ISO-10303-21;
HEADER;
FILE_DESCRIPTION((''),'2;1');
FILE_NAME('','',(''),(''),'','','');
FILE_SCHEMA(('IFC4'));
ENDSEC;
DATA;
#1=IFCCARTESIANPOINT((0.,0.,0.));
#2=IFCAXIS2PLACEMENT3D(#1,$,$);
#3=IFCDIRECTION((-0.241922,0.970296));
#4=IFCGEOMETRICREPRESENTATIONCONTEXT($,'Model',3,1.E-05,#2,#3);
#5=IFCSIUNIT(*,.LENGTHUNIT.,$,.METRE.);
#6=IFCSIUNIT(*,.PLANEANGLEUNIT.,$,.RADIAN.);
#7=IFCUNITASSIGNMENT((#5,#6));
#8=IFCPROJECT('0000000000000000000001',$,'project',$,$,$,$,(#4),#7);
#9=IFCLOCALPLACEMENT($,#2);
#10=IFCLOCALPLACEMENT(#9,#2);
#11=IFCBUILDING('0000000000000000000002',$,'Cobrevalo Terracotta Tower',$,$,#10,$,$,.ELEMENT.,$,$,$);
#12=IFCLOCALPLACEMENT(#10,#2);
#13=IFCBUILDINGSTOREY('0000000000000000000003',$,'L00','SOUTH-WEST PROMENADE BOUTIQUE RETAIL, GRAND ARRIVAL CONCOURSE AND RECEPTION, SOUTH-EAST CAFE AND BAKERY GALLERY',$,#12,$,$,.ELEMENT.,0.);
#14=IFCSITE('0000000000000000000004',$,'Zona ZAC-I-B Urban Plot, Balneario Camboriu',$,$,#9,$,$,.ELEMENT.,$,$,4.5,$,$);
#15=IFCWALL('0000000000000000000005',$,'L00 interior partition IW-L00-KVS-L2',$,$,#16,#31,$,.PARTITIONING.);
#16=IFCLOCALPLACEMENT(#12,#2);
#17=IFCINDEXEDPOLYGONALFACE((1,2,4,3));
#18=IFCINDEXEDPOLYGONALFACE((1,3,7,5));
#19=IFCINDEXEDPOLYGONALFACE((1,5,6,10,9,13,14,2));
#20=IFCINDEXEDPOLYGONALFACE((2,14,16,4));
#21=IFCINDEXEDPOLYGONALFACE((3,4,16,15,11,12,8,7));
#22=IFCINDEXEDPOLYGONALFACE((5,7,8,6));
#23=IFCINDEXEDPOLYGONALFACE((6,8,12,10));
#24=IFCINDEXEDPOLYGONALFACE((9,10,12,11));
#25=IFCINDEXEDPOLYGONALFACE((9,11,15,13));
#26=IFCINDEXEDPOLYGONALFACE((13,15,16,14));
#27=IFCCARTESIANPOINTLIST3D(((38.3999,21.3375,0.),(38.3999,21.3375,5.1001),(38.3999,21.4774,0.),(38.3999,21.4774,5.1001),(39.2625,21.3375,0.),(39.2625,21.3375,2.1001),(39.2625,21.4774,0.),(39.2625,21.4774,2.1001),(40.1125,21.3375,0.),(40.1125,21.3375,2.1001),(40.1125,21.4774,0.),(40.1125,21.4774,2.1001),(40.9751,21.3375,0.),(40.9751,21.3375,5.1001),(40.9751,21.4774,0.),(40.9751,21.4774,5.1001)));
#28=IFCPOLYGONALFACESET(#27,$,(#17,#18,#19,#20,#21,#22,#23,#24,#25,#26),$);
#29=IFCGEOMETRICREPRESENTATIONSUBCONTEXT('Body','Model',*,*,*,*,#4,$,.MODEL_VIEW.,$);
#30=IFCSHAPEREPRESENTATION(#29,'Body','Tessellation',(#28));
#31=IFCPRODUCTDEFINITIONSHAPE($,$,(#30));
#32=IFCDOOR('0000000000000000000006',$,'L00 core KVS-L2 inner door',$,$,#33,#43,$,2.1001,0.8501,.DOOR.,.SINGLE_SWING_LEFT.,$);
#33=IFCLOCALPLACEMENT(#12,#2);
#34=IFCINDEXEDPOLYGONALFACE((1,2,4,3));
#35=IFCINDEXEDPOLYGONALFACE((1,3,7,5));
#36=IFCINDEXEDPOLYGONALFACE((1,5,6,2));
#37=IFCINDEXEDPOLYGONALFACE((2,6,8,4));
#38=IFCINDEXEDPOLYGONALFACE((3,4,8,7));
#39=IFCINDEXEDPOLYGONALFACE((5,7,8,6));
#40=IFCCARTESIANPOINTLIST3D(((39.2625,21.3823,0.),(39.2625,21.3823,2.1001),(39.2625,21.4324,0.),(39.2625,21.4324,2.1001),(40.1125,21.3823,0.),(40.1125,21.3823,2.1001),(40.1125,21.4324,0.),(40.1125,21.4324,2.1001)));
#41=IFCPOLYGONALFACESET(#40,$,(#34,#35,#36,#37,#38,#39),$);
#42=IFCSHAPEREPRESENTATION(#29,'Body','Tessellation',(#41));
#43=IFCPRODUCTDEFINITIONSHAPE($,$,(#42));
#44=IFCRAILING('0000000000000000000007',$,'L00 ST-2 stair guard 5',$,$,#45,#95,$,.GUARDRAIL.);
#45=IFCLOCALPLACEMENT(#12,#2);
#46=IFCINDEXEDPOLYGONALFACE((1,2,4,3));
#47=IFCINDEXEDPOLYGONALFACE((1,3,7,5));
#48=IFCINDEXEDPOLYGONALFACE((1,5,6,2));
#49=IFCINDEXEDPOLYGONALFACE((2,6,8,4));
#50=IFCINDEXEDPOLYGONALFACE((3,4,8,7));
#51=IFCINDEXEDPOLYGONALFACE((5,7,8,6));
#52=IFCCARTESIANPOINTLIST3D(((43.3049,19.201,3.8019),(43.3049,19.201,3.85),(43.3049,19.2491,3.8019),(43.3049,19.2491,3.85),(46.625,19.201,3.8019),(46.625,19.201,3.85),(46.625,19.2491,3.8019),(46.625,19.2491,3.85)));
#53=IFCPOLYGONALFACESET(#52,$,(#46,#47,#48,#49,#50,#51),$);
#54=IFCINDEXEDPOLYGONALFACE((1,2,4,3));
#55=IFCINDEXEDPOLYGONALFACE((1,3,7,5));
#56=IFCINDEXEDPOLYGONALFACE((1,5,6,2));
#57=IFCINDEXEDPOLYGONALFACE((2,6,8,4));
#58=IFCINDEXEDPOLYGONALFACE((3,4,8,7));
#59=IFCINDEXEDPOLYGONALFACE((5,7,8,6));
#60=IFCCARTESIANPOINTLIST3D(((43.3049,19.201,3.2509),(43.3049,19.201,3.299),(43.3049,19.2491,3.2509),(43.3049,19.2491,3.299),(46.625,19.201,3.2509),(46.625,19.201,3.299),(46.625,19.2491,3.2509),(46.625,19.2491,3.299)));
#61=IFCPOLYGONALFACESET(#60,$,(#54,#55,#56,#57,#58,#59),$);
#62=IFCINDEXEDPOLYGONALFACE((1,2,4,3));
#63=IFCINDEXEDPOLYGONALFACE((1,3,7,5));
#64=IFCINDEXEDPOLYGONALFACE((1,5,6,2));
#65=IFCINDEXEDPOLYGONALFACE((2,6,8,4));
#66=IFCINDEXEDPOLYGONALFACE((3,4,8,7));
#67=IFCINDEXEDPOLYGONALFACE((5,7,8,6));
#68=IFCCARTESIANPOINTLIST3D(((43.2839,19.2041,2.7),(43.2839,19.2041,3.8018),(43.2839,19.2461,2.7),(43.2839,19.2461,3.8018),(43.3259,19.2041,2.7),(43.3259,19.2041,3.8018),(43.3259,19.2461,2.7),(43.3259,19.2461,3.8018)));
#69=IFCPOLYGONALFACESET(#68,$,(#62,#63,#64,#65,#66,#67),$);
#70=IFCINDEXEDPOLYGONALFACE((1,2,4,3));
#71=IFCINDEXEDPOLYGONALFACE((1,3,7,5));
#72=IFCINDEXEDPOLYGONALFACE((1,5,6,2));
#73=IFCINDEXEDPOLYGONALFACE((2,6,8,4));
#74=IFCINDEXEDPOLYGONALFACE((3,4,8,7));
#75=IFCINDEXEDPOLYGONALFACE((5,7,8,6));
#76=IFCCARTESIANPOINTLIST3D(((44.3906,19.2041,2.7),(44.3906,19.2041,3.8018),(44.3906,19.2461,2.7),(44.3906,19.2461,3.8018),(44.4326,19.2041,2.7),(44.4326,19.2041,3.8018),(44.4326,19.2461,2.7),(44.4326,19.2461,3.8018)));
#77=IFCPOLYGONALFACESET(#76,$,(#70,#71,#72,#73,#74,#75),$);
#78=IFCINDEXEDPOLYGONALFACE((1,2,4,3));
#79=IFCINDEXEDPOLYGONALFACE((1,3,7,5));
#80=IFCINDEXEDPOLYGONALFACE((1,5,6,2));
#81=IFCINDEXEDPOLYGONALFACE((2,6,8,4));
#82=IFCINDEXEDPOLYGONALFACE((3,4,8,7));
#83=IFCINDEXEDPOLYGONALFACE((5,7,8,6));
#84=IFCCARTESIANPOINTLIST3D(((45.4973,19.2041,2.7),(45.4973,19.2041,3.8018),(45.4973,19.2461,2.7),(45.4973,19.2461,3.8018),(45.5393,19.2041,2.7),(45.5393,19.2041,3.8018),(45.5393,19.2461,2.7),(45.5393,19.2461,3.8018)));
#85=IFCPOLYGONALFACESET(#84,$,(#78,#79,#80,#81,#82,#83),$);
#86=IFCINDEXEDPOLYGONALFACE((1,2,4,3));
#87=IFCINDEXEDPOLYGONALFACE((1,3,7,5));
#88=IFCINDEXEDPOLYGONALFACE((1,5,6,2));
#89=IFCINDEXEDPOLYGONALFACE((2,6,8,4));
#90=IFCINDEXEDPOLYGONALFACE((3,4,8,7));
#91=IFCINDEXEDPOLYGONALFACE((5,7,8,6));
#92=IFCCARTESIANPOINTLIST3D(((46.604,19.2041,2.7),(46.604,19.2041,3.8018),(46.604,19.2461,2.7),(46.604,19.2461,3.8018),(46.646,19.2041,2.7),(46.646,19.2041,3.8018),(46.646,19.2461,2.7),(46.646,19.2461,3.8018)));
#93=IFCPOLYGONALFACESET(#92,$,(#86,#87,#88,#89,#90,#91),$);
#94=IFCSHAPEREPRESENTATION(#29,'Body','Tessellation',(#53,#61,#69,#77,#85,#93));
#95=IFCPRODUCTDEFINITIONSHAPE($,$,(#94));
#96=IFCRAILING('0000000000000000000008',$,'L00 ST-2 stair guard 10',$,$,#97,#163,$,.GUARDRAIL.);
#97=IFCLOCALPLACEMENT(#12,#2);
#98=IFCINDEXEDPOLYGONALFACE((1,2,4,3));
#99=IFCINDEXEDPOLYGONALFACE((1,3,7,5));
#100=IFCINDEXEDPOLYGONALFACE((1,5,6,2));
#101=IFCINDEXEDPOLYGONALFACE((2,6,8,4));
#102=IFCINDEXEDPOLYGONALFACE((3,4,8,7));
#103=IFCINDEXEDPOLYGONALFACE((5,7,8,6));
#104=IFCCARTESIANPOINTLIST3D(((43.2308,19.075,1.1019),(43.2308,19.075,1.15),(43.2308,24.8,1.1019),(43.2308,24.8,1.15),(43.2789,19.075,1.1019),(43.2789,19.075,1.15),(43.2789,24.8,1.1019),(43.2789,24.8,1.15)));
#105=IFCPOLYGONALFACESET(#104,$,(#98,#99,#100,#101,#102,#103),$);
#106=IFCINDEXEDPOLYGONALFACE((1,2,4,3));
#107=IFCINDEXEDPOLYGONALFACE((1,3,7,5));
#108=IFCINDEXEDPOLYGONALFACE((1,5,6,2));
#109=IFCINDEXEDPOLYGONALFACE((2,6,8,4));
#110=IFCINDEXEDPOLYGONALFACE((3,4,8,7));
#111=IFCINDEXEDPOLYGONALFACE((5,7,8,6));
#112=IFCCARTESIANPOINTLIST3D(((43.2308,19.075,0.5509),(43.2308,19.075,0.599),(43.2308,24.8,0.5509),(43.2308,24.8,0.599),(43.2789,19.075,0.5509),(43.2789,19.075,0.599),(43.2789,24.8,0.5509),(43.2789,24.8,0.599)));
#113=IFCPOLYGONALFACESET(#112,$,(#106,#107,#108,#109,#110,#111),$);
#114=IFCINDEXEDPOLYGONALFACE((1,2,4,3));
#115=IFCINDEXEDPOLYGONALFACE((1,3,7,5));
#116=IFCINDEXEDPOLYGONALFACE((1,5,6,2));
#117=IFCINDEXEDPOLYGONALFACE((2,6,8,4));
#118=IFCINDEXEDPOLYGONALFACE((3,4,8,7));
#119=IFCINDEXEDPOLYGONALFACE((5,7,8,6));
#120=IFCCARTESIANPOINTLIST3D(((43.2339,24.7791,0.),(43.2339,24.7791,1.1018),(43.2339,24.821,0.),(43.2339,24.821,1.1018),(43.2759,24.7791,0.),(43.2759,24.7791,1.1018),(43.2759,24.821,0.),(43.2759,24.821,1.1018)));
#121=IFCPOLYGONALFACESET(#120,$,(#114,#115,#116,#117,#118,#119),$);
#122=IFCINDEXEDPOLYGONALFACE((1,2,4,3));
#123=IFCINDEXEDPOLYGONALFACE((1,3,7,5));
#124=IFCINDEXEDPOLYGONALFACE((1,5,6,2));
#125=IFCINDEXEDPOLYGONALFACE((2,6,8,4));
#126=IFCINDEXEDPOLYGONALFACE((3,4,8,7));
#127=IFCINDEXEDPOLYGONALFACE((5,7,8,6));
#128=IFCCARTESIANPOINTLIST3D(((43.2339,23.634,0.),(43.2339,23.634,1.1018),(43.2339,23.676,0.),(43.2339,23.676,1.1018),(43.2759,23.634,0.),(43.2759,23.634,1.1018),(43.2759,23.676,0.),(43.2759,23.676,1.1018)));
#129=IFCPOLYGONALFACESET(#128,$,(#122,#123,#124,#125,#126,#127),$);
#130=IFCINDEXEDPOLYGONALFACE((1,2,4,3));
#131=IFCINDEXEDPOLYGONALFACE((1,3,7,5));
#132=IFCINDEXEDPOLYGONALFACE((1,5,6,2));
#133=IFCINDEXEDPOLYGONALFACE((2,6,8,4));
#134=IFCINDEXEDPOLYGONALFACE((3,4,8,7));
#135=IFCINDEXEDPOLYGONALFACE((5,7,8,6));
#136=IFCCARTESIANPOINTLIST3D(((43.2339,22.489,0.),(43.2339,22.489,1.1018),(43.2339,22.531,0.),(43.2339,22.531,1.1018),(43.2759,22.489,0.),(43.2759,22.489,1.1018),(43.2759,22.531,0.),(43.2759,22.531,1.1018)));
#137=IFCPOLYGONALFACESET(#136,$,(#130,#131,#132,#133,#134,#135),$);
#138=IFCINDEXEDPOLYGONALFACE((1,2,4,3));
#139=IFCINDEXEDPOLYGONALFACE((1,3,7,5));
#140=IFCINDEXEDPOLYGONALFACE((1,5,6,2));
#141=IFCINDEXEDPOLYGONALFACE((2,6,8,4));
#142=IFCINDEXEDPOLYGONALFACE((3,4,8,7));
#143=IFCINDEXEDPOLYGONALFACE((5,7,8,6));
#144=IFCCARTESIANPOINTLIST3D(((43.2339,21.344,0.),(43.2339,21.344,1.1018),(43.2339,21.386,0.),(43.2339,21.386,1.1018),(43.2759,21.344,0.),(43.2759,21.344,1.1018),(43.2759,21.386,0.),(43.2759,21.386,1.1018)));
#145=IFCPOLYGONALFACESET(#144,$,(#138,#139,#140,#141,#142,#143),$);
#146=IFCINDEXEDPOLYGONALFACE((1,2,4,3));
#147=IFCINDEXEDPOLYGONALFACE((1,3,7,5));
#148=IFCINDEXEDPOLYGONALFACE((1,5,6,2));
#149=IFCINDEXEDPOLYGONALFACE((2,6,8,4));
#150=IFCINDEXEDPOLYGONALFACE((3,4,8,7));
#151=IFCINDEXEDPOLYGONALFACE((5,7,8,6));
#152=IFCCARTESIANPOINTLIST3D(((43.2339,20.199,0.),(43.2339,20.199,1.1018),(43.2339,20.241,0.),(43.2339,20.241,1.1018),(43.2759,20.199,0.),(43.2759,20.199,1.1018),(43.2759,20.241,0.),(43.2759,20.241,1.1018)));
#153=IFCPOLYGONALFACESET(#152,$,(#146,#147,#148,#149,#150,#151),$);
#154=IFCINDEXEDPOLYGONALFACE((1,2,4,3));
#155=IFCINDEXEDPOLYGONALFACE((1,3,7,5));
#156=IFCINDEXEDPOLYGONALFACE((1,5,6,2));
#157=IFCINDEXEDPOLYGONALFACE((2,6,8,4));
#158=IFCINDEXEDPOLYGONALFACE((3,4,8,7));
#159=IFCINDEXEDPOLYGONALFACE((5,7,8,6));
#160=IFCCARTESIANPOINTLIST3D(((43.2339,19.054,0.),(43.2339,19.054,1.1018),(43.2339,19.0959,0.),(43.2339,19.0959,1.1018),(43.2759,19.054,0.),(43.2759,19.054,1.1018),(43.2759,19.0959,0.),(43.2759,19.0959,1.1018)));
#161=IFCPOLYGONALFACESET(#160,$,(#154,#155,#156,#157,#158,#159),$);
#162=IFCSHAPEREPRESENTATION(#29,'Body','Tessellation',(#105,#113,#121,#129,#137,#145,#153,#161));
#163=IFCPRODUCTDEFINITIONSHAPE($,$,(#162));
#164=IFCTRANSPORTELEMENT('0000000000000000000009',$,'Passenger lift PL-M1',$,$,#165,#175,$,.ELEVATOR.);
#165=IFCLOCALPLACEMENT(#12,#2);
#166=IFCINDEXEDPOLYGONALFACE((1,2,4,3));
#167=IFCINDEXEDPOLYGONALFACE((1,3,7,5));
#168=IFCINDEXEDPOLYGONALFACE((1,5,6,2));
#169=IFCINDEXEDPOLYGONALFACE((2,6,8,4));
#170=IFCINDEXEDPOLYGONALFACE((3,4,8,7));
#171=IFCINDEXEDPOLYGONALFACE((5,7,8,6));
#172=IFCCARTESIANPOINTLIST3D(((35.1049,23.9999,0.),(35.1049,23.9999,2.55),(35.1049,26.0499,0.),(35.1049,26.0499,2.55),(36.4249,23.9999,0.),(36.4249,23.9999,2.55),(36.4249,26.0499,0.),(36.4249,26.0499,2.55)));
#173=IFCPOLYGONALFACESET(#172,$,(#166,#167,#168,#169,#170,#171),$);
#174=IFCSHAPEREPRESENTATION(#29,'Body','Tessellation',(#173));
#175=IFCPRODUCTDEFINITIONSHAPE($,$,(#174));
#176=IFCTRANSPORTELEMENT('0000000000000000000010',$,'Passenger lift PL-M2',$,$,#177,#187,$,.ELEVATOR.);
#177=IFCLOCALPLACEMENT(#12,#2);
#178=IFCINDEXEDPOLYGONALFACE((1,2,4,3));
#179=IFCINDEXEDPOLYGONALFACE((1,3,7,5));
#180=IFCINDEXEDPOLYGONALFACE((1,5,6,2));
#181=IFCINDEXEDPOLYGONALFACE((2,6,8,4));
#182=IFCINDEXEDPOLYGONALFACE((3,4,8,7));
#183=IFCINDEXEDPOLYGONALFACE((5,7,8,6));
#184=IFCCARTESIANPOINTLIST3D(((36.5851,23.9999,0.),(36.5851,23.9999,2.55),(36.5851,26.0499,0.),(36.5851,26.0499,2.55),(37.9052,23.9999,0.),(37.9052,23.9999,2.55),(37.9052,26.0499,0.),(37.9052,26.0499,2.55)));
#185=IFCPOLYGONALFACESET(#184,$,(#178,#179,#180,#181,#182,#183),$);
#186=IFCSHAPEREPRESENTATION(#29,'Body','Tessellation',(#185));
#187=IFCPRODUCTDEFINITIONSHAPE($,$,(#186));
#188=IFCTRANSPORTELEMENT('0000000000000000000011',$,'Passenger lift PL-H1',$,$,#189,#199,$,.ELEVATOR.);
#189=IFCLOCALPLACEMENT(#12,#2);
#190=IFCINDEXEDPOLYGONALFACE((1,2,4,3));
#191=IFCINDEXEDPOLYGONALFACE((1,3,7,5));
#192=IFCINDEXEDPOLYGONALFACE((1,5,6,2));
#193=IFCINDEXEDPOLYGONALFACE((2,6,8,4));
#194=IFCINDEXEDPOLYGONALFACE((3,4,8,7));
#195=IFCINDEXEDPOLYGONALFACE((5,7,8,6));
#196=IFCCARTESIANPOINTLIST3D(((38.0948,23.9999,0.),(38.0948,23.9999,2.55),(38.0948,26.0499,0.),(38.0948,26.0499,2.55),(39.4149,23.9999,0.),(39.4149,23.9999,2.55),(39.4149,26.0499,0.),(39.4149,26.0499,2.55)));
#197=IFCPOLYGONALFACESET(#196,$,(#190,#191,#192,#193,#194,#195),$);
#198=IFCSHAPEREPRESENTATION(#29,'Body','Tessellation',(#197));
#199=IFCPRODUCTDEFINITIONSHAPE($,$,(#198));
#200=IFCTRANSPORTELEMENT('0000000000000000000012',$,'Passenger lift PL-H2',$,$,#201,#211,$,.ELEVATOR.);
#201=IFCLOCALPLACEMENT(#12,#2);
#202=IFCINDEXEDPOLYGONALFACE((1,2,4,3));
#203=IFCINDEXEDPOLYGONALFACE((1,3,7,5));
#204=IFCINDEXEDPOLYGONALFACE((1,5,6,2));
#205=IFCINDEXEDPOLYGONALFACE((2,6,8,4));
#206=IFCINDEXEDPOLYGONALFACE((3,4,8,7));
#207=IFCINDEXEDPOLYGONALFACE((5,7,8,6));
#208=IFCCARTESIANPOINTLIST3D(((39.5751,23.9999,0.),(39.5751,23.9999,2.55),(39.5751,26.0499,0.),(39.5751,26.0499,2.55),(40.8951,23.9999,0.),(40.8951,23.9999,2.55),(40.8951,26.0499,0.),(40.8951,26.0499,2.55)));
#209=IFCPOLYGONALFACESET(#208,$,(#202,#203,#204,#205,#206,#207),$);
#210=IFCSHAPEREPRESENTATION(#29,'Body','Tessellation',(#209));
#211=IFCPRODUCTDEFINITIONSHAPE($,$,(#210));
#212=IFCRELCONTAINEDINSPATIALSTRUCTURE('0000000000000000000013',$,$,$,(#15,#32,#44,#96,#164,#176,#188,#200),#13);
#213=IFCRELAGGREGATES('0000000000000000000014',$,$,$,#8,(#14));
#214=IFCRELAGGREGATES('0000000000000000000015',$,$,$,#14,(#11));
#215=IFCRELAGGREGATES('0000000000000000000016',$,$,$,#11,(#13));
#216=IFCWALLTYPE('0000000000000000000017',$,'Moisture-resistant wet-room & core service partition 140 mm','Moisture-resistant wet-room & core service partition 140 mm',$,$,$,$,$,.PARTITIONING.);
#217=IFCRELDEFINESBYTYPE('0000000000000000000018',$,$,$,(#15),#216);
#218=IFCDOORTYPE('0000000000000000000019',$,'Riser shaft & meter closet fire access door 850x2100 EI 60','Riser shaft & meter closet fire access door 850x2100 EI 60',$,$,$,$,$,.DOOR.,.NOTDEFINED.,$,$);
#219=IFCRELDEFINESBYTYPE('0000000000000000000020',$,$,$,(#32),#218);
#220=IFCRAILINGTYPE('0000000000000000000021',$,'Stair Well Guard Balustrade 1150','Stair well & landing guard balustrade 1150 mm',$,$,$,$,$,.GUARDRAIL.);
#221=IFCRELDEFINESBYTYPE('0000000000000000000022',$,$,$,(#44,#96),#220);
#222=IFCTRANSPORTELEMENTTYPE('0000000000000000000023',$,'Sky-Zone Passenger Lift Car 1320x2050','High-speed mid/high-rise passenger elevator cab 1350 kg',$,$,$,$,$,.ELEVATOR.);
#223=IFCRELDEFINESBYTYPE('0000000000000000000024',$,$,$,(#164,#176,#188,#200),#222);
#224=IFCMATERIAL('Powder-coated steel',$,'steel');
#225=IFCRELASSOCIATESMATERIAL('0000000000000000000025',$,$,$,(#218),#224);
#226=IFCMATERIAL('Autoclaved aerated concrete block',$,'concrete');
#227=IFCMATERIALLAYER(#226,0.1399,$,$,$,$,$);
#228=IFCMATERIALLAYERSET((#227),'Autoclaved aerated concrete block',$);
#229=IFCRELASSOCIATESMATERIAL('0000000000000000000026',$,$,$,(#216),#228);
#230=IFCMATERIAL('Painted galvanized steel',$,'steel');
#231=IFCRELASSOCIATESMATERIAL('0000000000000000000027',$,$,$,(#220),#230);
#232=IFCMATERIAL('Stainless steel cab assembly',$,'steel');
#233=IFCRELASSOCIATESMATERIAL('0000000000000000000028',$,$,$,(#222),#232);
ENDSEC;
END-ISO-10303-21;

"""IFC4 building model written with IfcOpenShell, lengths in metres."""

from ifc_helpers import new_model, si_unit, direction, frame, frame_2d, origin, origin_2d, place, context, subcontext, project, spatial, rectangle, extrude, source, transform, mapped, material, layer, layer_set, type_object, element, fill, save


model = new_model("IFC4")

# Units and contexts
model_context = context("Model", 3, precision=1e-05, world=origin(), true_north=direction((-0.241922, 0.970296)))
body_context = subcontext(model_context, "Body", "Model", "MODEL_VIEW")
ifc_project = project(units=[si_unit("LENGTHUNIT", "METRE"), si_unit("PLANEANGLEUNIT", "RADIAN")], contexts=[model_context])

# Site, building, storey
site_placement = place(None, origin())
site = spatial("IfcSite", under=ifc_project, at=site_placement, Name="Zona ZAC-I-B Urban Plot, Balneario Camboriu", CompositionType="ELEMENT", RefElevation=4.5)
building_placement = place(site_placement, origin())
building = spatial("IfcBuilding", under=site, at=building_placement, Name="Cobrevalo Terracotta Tower", CompositionType="ELEMENT")
storey_placement = place(building_placement, origin())
storey = spatial("IfcBuildingStorey", under=building, at=storey_placement, Name="L00", Description="SOUTH-WEST PROMENADE BOUTIQUE RETAIL, GRAND ARRIVAL CONCOURSE AND RECEPTION, SOUTH-EAST CAFE AND BAKERY GALLERY", CompositionType="ELEMENT", Elevation=0.0)

# Shared definitions
ifc_material_1 = material(Name="Powder-coated steel", Category="steel")
door_type_1 = type_object("IfcDoorType", Name="Riser shaft & meter closet fire access door 850x2100 EI 60", Description="Riser shaft & meter closet fire access door 850x2100 EI 60", OperationType="NOTDEFINED", PredefinedType="DOOR", material=ifc_material_1)
shared_shape_1 = source(origin(), body_context, "Body", "SweptSolid", [
    extrude(rectangle(XDim=0.8501, YDim=2.1001, at=frame_2d((0.425, 1.05))), frame((0.0, 0.0249, 0.0), z_axis=(0.0, -1.0, 0.0), x_axis=(1.0, 0.0, 0.0)), (0.0, 0.0, 1.0), 0.05),
])

# Shared definitions
ifc_material_2 = material(Name="Autoclaved aerated concrete block", Category="concrete")
ifc_layer_1 = layer(ifc_material_2, 0.1399)
ifc_layer_set_1 = layer_set([ifc_layer_1], Name="Autoclaved aerated concrete block")
wall_type_1 = type_object("IfcWallType", Name="Moisture-resistant wet-room & core service partition 140 mm", Description="Moisture-resistant wet-room & core service partition 140 mm", PredefinedType="PARTITIONING", material=ifc_layer_set_1)

# Wall, opening, door
wall_1_placement = place(storey_placement, frame((38.3999, 21.4075, 0.0), z_axis=(0.0, 0.0, 1.0), x_axis=(1.0, 0.0, 0.0)))
wall_1 = element("IfcWall", 1, at=wall_1_placement, inside=storey, type_object=wall_type_1, Name="L00 interior partition IW-L00-KVS-L2", PredefinedType="PARTITIONING", context=body_context, shape_type="SweptSolid", body=[
    extrude(rectangle(XDim=2.5752, YDim=0.1399, at=frame_2d((1.2876, 0.0))), origin(), (0.0, 0.0, 1.0), 5.1001),
])
opening_1_placement = place(wall_1_placement, frame((0.8625, 0.0, 0.0)))
opening_1 = element("IfcOpeningElement", 2, at=opening_1_placement, cuts=wall_1, PredefinedType="OPENING", context=body_context, shape_type="SweptSolid", body=[
    extrude(rectangle(XDim=0.8501, YDim=2.1001, at=frame_2d((0.425, 1.05))), frame((0.0, 0.0801, 0.0), z_axis=(0.0, -1.0, 0.0), x_axis=(1.0, 0.0, 0.0)), (0.0, 0.0, 1.0), 0.1599),
])
door_1_placement = place(opening_1_placement, origin())
door_1 = element("IfcDoor", 3, at=door_1_placement, inside=storey, type_object=door_type_1, Name="L00 core KVS-L2 inner door", OperationType="SINGLE_SWING_LEFT", OverallHeight=2.1001, OverallWidth=0.8501, PredefinedType="DOOR", context=body_context, shape_type="MappedRepresentation", body=[
    mapped(shared_shape_1, transform((0.0, 0.0, 0.0), scale=1.0)),
])
fill(opening_1, door_1)

# Railings
ifc_material_3 = material(Name="Painted galvanized steel", Category="steel")
railing_type = type_object("IfcRailingType", Name="Stair Well Guard Balustrade 1150", Description="Stair well & landing guard balustrade 1150 mm", PredefinedType="GUARDRAIL", material=ifc_material_3)
railing_1_placement = place(storey_placement, frame((43.3049, 19.2251, 2.7)))
element("IfcRailing", 4, at=railing_1_placement, inside=storey, type_object=railing_type, Name="L00 ST-2 stair guard 5", PredefinedType="GUARDRAIL", context=body_context, shape_type="SweptSolid", body=[
    extrude(rectangle(XDim=0.0481, YDim=0.0481, at=origin_2d()), frame((0.0, 0.0, 1.126), z_axis=(1.0, 0.0, 0.0), x_axis=(0.0, 1.0, 0.0)), (0.0, 0.0, 1.0), 3.3201),
    extrude(rectangle(XDim=0.0481, YDim=0.0481, at=origin_2d()), frame((0.0, 0.0, 0.575), z_axis=(1.0, 0.0, 0.0), x_axis=(0.0, 1.0, 0.0)), (0.0, 0.0, 1.0), 3.3201),
    extrude(rectangle(XDim=0.042, YDim=0.042, at=origin_2d()), origin(), (0.0, 0.0, 1.0), 1.1018),
    extrude(rectangle(XDim=0.042, YDim=0.042, at=origin_2d()), frame((1.1067, 0.0, 0.0)), (0.0, 0.0, 1.0), 1.1018),
    extrude(rectangle(XDim=0.042, YDim=0.042, at=origin_2d()), frame((2.2134, 0.0, 0.0)), (0.0, 0.0, 1.0), 1.1018),
    extrude(rectangle(XDim=0.042, YDim=0.042, at=origin_2d()), frame((3.3201, 0.0, 0.0)), (0.0, 0.0, 1.0), 1.1018),
])
railing_2_placement = place(storey_placement, frame((43.2549, 24.8, 0.0)))
element("IfcRailing", 5, at=railing_2_placement, inside=storey, type_object=railing_type, Name="L00 ST-2 stair guard 10", PredefinedType="GUARDRAIL", context=body_context, shape_type="SweptSolid", body=[
    extrude(rectangle(XDim=0.0481, YDim=0.0481, at=origin_2d()), frame((0.0, 0.0, 1.126), z_axis=(0.0, -1.0, 0.0), x_axis=(1.0, 0.0, 0.0)), (0.0, 0.0, 1.0), 5.7251),
    extrude(rectangle(XDim=0.0481, YDim=0.0481, at=origin_2d()), frame((0.0, 0.0, 0.575), z_axis=(0.0, -1.0, 0.0), x_axis=(1.0, 0.0, 0.0)), (0.0, 0.0, 1.0), 5.7251),
    extrude(rectangle(XDim=0.042, YDim=0.042, at=origin_2d()), origin(), (0.0, 0.0, 1.0), 1.1018),
    extrude(rectangle(XDim=0.042, YDim=0.042, at=origin_2d()), frame((0.0, -1.145, 0.0)), (0.0, 0.0, 1.0), 1.1018),
    extrude(rectangle(XDim=0.042, YDim=0.042, at=origin_2d()), frame((0.0, -2.29, 0.0)), (0.0, 0.0, 1.0), 1.1018),
    extrude(rectangle(XDim=0.042, YDim=0.042, at=origin_2d()), frame((0.0, -3.4351, 0.0)), (0.0, 0.0, 1.0), 1.1018),
    extrude(rectangle(XDim=0.042, YDim=0.042, at=origin_2d()), frame((0.0, -4.5801, 0.0)), (0.0, 0.0, 1.0), 1.1018),
    extrude(rectangle(XDim=0.042, YDim=0.042, at=origin_2d()), frame((0.0, -5.7251, 0.0)), (0.0, 0.0, 1.0), 1.1018),
])

# Transport elements
ifc_material_4 = material(Name="Stainless steel cab assembly", Category="steel")
transport_element_type = type_object("IfcTransportElementType", Name="Sky-Zone Passenger Lift Car 1320x2050", Description="High-speed mid/high-rise passenger elevator cab 1350 kg", PredefinedType="ELEVATOR", material=ifc_material_4)
shared_shape_2 = source(origin(), body_context, "Body", "SweptSolid", [
    extrude(rectangle(XDim=1.3201, YDim=2.05, at=origin_2d()), origin(), (0.0, 0.0, 1.0), 2.55),
])
for number, where, z_axis, x_axis, name in (
    (6, (35.7649, 25.0249, 0.0), (0.0, 0.0, 1.0), (1.0, 0.0, 0.0), "Passenger lift PL-M1"),
    (7, (37.2451, 25.0249, 0.0), (0.0, 0.0, 1.0), (1.0, 0.0, 0.0), "Passenger lift PL-M2"),
    (8, (38.7549, 25.0249, 0.0), (0.0, 0.0, 1.0), (1.0, 0.0, 0.0), "Passenger lift PL-H1"),
    (9, (40.2351, 25.0249, 0.0), (0.0, 0.0, 1.0), (1.0, 0.0, 0.0), "Passenger lift PL-H2"),
):
    element("IfcTransportElement", number, at=place(storey_placement, frame(where, z_axis=z_axis, x_axis=x_axis)), inside=storey, type_object=transport_element_type, Name=name, PredefinedType="ELEVATOR", context=body_context, shape_type="MappedRepresentation", body=[
        mapped(shared_shape_2, transform((0.0, 0.0, 0.0), scale=1.0)),
    ])

save(model, "model.ifc")
